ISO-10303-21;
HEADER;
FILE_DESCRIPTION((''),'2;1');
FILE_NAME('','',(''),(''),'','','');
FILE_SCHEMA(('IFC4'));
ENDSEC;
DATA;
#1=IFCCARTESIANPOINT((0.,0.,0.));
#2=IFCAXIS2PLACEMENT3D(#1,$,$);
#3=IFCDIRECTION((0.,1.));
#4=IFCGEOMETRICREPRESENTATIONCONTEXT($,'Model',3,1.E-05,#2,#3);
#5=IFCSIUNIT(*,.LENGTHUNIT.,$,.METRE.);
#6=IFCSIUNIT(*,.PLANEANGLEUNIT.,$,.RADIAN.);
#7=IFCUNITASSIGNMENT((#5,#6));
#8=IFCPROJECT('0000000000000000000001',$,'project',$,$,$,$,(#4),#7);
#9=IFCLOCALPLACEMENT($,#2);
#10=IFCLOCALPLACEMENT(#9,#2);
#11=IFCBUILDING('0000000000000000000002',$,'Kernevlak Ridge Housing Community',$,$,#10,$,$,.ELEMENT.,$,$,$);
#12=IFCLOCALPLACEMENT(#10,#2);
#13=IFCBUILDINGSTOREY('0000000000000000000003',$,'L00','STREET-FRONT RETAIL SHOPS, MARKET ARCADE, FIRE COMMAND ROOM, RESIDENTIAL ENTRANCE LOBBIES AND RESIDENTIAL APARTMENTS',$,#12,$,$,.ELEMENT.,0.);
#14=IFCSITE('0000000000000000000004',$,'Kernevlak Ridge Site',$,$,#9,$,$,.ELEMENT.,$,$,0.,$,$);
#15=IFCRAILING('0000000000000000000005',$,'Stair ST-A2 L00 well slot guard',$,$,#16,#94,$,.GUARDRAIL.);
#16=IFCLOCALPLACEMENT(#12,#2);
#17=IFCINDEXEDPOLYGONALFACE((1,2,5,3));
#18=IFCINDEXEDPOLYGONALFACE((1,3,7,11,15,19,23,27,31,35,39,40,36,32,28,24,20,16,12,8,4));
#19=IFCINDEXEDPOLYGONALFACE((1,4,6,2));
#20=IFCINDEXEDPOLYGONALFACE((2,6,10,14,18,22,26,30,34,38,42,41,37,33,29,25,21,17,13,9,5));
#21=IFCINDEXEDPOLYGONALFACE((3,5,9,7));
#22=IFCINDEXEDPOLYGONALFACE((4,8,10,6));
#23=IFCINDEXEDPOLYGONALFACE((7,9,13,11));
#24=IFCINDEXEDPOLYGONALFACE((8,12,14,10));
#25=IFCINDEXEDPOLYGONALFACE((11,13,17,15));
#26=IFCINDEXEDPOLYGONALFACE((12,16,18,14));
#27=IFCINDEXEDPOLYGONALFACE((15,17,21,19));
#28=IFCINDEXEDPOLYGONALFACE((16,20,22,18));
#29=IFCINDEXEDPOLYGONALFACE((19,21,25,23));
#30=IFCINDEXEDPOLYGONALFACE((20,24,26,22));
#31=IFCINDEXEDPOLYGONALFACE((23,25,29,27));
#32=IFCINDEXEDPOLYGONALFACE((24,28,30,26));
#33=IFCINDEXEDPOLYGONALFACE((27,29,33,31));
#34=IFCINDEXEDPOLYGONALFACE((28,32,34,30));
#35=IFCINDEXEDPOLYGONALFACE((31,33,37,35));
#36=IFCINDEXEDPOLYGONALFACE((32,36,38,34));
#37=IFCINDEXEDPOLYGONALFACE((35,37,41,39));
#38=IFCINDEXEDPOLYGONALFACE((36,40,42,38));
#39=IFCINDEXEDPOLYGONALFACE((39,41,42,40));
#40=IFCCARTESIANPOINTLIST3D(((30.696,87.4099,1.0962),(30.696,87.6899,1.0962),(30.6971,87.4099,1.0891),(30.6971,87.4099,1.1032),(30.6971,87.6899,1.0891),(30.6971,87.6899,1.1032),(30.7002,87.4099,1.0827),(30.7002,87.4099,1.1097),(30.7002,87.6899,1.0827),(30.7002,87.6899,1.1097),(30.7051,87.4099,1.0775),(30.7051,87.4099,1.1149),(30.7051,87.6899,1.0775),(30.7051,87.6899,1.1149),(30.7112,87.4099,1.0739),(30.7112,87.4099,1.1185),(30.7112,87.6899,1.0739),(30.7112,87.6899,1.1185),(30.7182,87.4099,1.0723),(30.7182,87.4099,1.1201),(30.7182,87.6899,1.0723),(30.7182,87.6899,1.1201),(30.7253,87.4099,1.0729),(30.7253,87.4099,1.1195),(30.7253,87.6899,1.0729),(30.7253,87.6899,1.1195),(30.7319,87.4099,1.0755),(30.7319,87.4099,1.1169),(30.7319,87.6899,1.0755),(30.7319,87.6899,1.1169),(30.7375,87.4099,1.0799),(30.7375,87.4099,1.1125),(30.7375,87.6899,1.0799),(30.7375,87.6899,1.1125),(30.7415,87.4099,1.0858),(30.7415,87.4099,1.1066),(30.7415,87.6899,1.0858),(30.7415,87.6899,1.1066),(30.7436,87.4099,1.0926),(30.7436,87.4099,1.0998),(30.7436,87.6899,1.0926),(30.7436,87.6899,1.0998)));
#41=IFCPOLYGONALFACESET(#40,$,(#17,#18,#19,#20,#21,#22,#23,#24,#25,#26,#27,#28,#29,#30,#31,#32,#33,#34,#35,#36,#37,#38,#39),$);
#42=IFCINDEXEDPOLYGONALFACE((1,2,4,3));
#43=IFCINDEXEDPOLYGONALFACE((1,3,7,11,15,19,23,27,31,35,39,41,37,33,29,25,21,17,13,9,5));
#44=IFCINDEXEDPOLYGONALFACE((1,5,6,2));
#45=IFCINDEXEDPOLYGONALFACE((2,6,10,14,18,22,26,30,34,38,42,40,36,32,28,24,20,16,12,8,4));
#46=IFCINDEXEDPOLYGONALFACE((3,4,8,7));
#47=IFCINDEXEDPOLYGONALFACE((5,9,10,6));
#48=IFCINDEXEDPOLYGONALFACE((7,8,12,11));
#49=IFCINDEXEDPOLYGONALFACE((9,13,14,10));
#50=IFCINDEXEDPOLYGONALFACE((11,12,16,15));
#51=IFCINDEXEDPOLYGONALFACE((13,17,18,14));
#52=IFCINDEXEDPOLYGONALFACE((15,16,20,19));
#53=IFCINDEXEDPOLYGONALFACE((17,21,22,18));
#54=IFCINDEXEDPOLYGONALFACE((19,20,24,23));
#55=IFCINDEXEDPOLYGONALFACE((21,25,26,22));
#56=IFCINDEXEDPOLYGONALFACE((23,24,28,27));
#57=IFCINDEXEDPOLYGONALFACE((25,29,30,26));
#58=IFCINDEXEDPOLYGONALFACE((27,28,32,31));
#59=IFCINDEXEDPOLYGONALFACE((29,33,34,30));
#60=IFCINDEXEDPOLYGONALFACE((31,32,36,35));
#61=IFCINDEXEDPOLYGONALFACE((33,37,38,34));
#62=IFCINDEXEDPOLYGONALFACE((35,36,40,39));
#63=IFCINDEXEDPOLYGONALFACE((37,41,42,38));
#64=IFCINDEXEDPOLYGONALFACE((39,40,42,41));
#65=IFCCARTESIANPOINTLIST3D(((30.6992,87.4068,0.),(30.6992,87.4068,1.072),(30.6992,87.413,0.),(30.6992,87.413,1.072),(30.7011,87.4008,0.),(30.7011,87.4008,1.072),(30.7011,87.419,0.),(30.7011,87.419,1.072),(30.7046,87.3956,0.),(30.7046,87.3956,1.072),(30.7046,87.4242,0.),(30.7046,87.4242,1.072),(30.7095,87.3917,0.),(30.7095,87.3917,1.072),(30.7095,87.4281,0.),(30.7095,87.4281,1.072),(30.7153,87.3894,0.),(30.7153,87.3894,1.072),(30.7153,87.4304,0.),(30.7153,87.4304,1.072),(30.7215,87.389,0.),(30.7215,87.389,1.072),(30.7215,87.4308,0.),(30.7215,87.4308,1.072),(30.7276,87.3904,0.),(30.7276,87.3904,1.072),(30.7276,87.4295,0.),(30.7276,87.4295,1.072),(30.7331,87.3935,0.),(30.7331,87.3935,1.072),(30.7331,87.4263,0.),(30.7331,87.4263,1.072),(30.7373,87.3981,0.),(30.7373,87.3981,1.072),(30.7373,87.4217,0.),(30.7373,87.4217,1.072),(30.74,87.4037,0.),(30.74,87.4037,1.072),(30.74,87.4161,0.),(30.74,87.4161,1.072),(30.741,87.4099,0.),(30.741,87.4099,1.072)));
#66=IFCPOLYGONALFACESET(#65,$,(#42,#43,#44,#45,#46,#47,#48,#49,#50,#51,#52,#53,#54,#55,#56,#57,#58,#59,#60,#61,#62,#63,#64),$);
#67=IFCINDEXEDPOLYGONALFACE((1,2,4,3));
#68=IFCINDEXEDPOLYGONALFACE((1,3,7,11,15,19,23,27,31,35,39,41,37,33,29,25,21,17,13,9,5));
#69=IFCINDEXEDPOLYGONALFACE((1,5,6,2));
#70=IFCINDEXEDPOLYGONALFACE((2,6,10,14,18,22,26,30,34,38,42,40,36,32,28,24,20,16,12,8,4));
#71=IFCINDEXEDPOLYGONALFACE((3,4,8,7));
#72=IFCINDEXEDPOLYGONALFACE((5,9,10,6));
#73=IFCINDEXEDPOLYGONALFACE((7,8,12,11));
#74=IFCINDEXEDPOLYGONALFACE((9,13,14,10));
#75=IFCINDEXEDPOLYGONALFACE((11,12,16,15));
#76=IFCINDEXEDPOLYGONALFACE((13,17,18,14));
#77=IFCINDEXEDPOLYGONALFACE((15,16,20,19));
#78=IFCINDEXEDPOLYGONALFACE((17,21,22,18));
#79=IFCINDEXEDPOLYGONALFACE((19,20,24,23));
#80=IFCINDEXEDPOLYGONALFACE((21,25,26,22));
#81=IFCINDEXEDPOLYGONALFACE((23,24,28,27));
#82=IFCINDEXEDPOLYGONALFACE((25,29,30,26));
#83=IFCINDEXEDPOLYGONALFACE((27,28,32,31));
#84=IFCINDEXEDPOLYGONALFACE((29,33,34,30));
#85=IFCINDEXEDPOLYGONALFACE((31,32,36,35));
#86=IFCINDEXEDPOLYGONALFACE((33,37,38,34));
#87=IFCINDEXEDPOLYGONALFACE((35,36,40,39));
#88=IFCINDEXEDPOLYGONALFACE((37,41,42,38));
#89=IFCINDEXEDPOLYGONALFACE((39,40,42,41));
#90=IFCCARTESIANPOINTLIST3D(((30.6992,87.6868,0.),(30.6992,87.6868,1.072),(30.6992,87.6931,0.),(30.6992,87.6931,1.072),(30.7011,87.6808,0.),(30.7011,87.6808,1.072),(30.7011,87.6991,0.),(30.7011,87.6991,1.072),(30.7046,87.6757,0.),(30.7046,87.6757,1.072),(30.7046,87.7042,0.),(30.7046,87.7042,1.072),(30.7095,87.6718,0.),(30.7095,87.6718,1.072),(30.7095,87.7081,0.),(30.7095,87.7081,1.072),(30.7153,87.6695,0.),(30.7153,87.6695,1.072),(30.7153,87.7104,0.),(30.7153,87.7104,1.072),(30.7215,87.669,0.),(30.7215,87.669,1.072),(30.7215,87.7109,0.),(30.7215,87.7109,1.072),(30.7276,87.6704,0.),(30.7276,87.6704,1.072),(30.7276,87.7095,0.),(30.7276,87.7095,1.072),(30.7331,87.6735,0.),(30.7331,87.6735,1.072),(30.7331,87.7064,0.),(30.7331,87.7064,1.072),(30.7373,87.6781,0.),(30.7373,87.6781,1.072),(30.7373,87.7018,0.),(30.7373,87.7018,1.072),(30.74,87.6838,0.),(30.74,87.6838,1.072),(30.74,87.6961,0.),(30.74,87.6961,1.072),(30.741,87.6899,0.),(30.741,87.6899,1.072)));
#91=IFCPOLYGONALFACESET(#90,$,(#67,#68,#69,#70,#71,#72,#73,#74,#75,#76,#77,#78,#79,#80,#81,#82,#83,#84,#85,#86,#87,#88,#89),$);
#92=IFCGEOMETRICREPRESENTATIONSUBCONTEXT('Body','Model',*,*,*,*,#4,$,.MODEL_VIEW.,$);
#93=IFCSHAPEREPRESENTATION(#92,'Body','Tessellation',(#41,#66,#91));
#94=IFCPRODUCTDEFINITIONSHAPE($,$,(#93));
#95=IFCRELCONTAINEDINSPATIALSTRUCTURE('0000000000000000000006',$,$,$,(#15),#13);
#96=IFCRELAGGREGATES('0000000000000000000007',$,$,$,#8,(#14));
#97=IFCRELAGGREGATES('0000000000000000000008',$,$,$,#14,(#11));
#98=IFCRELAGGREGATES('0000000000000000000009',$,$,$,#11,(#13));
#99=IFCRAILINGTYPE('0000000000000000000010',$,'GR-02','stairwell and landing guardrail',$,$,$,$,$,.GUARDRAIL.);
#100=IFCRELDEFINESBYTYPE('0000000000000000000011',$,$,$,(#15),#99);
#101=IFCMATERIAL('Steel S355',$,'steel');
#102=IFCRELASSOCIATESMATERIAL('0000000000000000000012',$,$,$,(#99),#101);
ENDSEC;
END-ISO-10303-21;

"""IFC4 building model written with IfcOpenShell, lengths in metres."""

from ifc_helpers import new_model, si_unit, direction, frame, origin, origin_2d, place, context, subcontext, project, spatial, circle, extrude, material, type_object, element, save


model = new_model("IFC4")

# Units and contexts
model_context = context("Model", 3, precision=1e-05, world=origin(), true_north=direction((0.0, 1.0)))
body_context = subcontext(model_context, "Body", "Model", "MODEL_VIEW")
ifc_project = project(units=[si_unit("LENGTHUNIT", "METRE"), si_unit("PLANEANGLEUNIT", "RADIAN")], contexts=[model_context])

# Site, building, storey
site_placement = place(None, origin())
site = spatial("IfcSite", under=ifc_project, at=site_placement, Name="Kernevlak Ridge Site", CompositionType="ELEMENT", RefElevation=0.0)
building_placement = place(site_placement, origin())
building = spatial("IfcBuilding", under=site, at=building_placement, Name="Kernevlak Ridge Housing Community", CompositionType="ELEMENT")
storey_placement = place(building_placement, origin())
storey = spatial("IfcBuildingStorey", under=building, at=storey_placement, Name="L00", Description="STREET-FRONT RETAIL SHOPS, MARKET ARCADE, FIRE COMMAND ROOM, RESIDENTIAL ENTRANCE LOBBIES AND RESIDENTIAL APARTMENTS", CompositionType="ELEMENT", Elevation=0.0)

# Railing
ifc_material_1 = material(Name="Steel S355", Category="steel")
railing_type_1 = type_object("IfcRailingType", Name="GR-02", Description="stairwell and landing guardrail", PredefinedType="GUARDRAIL", material=ifc_material_1)
railing_1_placement = place(storey_placement, frame((30.72, 87.4099, 0.0)))
element("IfcRailing", 1, at=railing_1_placement, inside=storey, type_object=railing_type_1, Name="Stair ST-A2 L00 well slot guard", PredefinedType="GUARDRAIL", context=body_context, shape_type="SweptSolid", body=[
    extrude(circle(Radius=0.0239, at=origin_2d()), frame((0.0, 0.0, 1.0962), z_axis=(0.0, 1.0, 0.0), x_axis=(-1.0, 0.0, 0.0)), (0.0, 0.0, 1.0), 0.28),
    extrude(circle(Radius=0.021, at=origin_2d()), origin(), (0.0, 0.0, 1.0), 1.072),
    extrude(circle(Radius=0.021, at=origin_2d()), frame((0.0, 0.28, 0.0)), (0.0, 0.0, 1.0), 1.072),
])

save(model, "model.ifc")
